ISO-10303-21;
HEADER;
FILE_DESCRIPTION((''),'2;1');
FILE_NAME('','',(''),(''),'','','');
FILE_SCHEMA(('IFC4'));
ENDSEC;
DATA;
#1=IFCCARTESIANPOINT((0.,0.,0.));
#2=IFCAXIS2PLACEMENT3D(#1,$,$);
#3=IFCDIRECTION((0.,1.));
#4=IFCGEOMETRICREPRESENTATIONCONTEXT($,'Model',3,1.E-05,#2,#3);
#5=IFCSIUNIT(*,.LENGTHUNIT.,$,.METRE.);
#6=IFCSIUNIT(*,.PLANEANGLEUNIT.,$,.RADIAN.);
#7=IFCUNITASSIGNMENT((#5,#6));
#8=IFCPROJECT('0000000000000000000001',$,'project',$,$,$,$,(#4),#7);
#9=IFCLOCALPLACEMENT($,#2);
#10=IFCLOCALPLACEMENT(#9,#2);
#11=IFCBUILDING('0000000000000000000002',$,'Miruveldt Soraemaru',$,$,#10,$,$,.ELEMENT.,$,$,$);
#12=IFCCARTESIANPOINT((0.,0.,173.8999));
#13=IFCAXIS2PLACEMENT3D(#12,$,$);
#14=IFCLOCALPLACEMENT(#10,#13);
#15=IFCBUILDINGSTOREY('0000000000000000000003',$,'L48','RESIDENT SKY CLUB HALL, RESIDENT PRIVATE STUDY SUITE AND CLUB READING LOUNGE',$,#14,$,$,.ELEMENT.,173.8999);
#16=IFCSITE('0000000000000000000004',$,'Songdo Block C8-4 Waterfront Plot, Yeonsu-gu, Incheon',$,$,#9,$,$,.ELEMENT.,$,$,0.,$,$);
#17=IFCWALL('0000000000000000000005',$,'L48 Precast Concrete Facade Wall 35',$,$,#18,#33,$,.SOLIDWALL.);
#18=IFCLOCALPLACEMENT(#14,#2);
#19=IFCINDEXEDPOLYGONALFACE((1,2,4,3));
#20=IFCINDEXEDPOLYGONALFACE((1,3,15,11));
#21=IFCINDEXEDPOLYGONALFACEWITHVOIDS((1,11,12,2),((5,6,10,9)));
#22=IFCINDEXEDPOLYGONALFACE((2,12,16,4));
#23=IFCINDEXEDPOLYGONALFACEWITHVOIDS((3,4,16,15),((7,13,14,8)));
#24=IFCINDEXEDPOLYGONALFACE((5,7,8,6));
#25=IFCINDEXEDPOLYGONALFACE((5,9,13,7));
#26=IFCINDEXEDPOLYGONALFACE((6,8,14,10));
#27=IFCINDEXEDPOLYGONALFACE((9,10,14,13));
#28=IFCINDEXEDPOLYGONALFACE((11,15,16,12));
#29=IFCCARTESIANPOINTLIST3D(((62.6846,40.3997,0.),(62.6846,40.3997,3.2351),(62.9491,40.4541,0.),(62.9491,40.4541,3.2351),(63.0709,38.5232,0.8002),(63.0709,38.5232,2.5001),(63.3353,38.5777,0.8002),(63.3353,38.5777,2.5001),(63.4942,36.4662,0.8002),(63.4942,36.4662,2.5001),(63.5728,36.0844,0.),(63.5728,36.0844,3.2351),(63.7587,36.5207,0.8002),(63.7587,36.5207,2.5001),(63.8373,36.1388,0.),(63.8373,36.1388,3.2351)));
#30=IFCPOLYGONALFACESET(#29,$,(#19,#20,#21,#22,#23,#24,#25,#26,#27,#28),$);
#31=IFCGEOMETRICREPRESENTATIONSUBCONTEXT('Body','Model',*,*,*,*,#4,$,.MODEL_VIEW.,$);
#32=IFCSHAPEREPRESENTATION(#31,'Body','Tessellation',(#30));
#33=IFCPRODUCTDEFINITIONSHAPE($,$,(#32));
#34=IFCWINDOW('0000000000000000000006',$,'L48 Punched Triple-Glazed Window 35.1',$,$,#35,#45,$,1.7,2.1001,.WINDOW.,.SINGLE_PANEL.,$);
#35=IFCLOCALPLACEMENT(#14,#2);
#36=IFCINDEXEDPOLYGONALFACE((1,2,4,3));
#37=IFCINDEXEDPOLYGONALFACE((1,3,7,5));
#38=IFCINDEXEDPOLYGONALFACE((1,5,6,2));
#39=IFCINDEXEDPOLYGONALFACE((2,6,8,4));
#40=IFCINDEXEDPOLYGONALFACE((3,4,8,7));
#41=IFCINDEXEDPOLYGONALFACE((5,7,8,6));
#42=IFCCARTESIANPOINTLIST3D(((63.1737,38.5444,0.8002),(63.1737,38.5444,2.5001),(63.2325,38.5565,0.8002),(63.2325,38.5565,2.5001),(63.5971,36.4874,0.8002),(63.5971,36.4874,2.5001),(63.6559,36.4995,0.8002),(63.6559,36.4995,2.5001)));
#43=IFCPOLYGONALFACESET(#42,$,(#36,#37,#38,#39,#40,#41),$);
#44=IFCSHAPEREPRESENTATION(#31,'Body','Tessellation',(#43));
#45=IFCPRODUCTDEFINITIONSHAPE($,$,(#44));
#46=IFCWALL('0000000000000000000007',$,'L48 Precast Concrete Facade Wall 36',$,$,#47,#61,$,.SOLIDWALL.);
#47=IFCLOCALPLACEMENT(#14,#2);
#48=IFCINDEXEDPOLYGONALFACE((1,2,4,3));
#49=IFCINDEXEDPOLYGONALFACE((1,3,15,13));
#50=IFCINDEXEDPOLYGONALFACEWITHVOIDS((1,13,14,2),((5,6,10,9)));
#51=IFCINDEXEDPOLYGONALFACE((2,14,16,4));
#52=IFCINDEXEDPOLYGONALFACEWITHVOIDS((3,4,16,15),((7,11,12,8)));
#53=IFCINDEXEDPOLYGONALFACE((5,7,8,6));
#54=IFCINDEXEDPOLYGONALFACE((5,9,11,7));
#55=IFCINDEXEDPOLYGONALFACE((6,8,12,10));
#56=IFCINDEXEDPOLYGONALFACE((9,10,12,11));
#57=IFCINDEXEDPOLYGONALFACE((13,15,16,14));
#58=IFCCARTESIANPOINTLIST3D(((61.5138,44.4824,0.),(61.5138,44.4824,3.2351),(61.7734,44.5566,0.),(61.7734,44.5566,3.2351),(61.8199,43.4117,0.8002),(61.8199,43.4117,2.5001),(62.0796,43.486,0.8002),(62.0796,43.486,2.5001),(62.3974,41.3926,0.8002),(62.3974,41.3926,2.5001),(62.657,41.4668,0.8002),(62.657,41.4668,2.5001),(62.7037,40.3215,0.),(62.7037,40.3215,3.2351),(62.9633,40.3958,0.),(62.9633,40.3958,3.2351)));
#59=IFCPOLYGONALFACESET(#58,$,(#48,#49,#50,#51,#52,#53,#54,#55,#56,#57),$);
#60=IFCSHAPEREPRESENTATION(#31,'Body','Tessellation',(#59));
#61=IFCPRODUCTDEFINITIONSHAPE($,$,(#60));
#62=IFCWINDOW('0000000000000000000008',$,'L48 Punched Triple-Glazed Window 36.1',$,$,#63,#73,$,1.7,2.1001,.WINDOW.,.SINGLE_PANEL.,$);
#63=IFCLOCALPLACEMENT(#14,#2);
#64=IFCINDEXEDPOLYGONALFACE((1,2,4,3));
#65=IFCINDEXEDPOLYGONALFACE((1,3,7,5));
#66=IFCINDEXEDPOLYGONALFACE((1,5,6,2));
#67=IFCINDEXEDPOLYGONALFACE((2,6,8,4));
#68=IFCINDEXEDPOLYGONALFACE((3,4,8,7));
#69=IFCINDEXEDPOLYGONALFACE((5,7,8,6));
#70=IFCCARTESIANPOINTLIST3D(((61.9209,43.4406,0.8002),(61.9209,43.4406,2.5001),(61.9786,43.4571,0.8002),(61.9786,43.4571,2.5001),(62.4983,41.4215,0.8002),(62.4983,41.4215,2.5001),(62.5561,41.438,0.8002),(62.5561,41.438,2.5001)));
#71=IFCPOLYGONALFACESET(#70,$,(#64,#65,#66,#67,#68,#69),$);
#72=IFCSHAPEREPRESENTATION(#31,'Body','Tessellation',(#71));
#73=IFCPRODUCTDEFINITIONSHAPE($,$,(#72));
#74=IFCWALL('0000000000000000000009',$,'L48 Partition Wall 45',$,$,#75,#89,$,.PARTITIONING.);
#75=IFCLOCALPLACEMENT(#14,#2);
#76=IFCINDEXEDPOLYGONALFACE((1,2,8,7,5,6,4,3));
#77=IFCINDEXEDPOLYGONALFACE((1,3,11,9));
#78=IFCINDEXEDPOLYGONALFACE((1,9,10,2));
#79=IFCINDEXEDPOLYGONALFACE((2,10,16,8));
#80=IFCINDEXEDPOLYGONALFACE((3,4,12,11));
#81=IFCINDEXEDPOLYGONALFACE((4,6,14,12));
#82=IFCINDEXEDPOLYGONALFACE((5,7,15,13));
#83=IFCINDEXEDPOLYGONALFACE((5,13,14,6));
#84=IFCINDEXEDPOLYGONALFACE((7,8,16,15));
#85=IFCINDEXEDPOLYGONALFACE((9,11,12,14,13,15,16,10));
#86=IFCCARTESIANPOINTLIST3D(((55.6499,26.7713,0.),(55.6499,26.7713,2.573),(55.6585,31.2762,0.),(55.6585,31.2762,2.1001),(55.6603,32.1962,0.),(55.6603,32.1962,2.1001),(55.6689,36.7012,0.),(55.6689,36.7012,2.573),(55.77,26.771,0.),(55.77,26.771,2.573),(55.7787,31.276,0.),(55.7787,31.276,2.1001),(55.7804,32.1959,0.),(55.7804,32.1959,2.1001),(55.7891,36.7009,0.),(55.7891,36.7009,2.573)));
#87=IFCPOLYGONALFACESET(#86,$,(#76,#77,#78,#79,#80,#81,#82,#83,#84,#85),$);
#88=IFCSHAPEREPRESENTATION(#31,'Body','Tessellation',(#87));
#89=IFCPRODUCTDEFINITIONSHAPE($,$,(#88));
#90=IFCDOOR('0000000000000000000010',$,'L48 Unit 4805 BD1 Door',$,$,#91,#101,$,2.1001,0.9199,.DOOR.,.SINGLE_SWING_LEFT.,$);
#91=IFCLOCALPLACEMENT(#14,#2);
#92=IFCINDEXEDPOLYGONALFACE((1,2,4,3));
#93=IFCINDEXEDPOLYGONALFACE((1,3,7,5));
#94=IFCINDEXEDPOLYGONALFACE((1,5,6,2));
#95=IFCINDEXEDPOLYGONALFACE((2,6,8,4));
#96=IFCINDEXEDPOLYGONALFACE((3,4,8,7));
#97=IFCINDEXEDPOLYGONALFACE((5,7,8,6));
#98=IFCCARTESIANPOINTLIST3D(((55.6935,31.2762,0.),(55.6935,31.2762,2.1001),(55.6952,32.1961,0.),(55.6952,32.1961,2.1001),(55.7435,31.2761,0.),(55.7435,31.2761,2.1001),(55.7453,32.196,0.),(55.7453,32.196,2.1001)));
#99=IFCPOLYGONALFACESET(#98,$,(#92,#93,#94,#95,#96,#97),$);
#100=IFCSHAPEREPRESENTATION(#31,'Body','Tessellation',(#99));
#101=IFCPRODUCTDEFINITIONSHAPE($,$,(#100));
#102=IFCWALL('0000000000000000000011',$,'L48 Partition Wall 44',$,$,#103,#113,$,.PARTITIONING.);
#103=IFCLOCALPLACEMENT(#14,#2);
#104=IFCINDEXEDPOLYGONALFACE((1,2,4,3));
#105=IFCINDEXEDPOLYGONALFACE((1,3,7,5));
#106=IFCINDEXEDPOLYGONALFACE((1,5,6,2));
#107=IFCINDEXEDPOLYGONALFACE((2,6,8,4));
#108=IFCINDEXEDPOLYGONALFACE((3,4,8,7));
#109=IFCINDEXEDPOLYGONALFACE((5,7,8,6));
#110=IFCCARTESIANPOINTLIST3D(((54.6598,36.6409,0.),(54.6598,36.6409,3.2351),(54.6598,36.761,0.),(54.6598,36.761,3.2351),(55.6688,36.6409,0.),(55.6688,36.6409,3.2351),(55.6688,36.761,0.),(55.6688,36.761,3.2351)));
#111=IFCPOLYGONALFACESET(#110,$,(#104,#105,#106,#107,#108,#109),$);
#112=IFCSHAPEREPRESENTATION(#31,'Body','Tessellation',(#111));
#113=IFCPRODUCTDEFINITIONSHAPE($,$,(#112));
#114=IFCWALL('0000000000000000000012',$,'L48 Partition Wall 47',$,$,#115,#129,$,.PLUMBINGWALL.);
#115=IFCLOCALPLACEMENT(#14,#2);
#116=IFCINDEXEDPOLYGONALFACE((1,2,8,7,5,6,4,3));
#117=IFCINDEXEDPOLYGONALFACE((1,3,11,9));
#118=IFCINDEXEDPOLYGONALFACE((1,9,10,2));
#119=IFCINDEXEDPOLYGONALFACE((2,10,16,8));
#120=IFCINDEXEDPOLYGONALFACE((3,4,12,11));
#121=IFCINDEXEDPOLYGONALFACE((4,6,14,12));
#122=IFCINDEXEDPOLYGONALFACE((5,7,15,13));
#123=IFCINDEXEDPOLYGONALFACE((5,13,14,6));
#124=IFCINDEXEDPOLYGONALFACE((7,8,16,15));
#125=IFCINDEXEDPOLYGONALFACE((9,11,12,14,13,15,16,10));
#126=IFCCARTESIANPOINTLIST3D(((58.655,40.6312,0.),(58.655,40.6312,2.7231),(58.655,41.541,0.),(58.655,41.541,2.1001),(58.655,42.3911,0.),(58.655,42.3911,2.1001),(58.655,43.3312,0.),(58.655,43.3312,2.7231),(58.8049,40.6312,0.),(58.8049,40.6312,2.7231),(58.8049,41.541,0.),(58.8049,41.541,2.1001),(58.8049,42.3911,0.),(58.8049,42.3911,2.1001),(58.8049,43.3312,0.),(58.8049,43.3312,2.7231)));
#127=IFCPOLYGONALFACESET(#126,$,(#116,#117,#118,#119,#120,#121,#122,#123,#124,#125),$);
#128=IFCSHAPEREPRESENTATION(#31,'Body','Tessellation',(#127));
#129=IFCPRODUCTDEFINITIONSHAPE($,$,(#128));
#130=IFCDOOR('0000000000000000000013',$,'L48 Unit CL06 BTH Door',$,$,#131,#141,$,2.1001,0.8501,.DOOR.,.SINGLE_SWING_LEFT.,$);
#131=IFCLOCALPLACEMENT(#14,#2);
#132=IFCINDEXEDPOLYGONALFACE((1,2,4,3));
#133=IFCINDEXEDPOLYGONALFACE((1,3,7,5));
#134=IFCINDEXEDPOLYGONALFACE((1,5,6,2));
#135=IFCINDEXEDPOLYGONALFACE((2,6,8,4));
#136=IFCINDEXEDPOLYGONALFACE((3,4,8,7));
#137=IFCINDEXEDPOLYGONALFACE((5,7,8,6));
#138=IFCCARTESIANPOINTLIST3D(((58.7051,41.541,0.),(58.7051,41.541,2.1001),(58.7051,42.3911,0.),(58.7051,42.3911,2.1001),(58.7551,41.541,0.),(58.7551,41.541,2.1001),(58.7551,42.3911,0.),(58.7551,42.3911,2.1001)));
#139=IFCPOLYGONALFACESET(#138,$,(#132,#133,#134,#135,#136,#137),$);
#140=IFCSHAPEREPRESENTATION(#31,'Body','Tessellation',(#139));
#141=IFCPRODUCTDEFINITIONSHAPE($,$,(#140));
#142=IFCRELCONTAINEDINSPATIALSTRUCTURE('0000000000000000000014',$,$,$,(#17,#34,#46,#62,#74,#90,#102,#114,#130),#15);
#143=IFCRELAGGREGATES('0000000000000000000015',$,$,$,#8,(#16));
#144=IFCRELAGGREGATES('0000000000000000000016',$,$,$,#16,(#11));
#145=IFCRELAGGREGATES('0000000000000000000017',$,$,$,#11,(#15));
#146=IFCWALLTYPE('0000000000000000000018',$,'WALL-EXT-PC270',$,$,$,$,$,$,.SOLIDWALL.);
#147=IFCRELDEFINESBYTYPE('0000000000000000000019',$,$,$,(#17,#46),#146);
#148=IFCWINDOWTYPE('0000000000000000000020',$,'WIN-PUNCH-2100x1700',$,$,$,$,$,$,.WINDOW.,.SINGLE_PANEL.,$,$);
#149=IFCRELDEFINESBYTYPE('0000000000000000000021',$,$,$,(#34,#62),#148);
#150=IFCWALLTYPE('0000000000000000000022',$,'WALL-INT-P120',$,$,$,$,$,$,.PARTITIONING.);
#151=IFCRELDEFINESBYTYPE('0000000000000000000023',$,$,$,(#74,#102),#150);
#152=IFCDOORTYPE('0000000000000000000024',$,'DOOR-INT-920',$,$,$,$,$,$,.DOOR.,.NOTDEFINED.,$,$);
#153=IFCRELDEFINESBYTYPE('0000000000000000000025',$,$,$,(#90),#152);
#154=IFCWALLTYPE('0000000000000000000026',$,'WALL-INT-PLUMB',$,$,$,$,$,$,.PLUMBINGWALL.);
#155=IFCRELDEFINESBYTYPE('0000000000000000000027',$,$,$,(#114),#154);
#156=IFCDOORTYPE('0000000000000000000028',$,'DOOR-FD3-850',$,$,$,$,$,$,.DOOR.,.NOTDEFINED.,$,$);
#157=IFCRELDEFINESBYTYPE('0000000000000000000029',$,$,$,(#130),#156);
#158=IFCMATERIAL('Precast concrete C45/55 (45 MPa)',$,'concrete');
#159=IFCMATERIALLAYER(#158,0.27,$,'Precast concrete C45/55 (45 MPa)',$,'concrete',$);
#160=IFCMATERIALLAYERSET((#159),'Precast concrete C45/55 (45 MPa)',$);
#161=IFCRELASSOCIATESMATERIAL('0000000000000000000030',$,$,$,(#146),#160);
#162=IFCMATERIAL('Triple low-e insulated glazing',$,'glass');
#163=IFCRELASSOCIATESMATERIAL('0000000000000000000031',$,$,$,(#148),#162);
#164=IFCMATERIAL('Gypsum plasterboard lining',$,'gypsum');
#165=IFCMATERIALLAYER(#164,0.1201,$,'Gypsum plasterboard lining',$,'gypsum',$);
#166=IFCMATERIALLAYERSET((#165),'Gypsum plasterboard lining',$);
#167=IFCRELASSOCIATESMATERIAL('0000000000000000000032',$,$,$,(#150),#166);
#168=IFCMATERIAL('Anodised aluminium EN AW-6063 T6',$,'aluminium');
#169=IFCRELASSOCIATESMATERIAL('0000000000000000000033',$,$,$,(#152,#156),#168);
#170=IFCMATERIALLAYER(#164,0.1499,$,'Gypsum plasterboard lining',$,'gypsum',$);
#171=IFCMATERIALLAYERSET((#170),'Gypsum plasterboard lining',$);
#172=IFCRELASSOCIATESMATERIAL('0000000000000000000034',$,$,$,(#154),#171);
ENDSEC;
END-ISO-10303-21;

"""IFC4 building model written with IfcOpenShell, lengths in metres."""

from ifc_helpers import new_model, si_unit, direction, frame, frame_2d, origin, place, context, subcontext, project, spatial, rectangle, extrude, material, layer, layer_set, type_object, element, fill, save


model = new_model("IFC4")

# Units and contexts
model_context = context("Model", 3, precision=1e-05, world=origin(), true_north=direction((0.0, 1.0)))
body_context = subcontext(model_context, "Body", "Model", "MODEL_VIEW")
ifc_project = project(units=[si_unit("LENGTHUNIT", "METRE"), si_unit("PLANEANGLEUNIT", "RADIAN")], contexts=[model_context])

# Site, building, storey
site_placement = place(None, origin())
site = spatial("IfcSite", under=ifc_project, at=site_placement, Name="Songdo Block C8-4 Waterfront Plot, Yeonsu-gu, Incheon", CompositionType="ELEMENT", RefElevation=0.0)
building_placement = place(site_placement, origin())
building = spatial("IfcBuilding", under=site, at=building_placement, Name="Miruveldt Soraemaru", CompositionType="ELEMENT")
storey_placement = place(building_placement, frame((0.0, 0.0, 173.8999)))
storey = spatial("IfcBuildingStorey", under=building, at=storey_placement, Name="L48", Description="RESIDENT SKY CLUB HALL, RESIDENT PRIVATE STUDY SUITE AND CLUB READING LOUNGE", CompositionType="ELEMENT", Elevation=173.8999)

# Shared definitions
ifc_material_1 = material(Name="Anodised aluminium EN AW-6063 T6", Category="aluminium")

# Walls, openings, windows
ifc_material_2 = material(Name="Precast concrete C45/55 (45 MPa)", Category="concrete")
ifc_layer_1 = layer(ifc_material_2, 0.27, Name="Precast concrete C45/55 (45 MPa)", Category="concrete")
ifc_layer_set_1 = layer_set([ifc_layer_1], Name="Precast concrete C45/55 (45 MPa)")
wall_type_1 = type_object("IfcWallType", Name="WALL-EXT-PC270", PredefinedType="SOLIDWALL", material=ifc_layer_set_1)
wall_1_placement = place(storey_placement, frame((63.7051, 36.1116, 0.0), z_axis=(0.0, 0.0, 1.0), x_axis=(-0.201601, 0.979468, 0.0)))
wall_1 = element("IfcWall", 1, at=wall_1_placement, inside=storey, type_object=wall_type_1, Name="L48 Precast Concrete Facade Wall 35", PredefinedType="SOLIDWALL", context=body_context, shape_type="SweptSolid", body=[
    extrude(rectangle(XDim=4.4058, YDim=0.27, at=frame_2d((2.2029, 0.0))), origin(), (0.0, 0.0, 1.0), 3.2351),
])
opening_1_placement = place(wall_1_placement, frame((0.3899, 0.0, 0.8)))
opening_1 = element("IfcOpeningElement", 2, at=opening_1_placement, cuts=wall_1, PredefinedType="OPENING", context=body_context, shape_type="SweptSolid", body=[
    extrude(rectangle(XDim=2.1001, YDim=1.7, at=frame_2d((1.05, 0.8501))), frame((0.0, 0.145, 0.0), z_axis=(0.0, -1.0, 0.0), x_axis=(1.0, 0.0, 0.0)), (0.0, 0.0, 1.0), 0.29),
])
ifc_material_3 = material(Name="Triple low-e insulated glazing", Category="glass")
window_type = type_object("IfcWindowType", Name="WIN-PUNCH-2100x1700", PartitioningType="SINGLE_PANEL", PredefinedType="WINDOW", material=ifc_material_3)
window_1_placement = place(opening_1_placement, origin())
window_1 = element("IfcWindow", 3, at=window_1_placement, inside=storey, type_object=window_type, Name="L48 Punched Triple-Glazed Window 35.1", OverallHeight=1.7, OverallWidth=2.1001, PartitioningType="SINGLE_PANEL", PredefinedType="WINDOW", context=body_context, shape_type="SweptSolid", body=[
    extrude(rectangle(XDim=2.1001, YDim=1.7, at=frame_2d((1.05, 0.8501))), frame((0.0, 0.03, 0.0), z_axis=(0.0, -1.0, 0.0), x_axis=(1.0, 0.0, 0.0)), (0.0, 0.0, 1.0), 0.0601),
])
fill(opening_1, window_1)
wall_2_placement = place(storey_placement, frame((62.8335, 40.3586, 0.0), z_axis=(0.0, 0.0, 1.0), x_axis=(-0.27496, 0.961456, 0.0)))
wall_2 = element("IfcWall", 4, at=wall_2_placement, inside=storey, type_object=wall_type_1, Name="L48 Precast Concrete Facade Wall 36", PredefinedType="SOLIDWALL", context=body_context, shape_type="SweptSolid", body=[
    extrude(rectangle(XDim=4.3276, YDim=0.27, at=frame_2d((2.1638, 0.0))), origin(), (0.0, 0.0, 1.0), 3.2351),
])
opening_2_placement = place(wall_2_placement, frame((1.114, 0.0, 0.8)))
opening_2 = element("IfcOpeningElement", 5, at=opening_2_placement, cuts=wall_2, PredefinedType="OPENING", context=body_context, shape_type="SweptSolid", body=[
    extrude(rectangle(XDim=2.1001, YDim=1.7, at=frame_2d((1.05, 0.8501))), frame((0.0, 0.145, 0.0), z_axis=(0.0, -1.0, 0.0), x_axis=(1.0, 0.0, 0.0)), (0.0, 0.0, 1.0), 0.29),
])
window_2_placement = place(opening_2_placement, origin())
window_2 = element("IfcWindow", 6, at=window_2_placement, inside=storey, type_object=window_type, Name="L48 Punched Triple-Glazed Window 36.1", OverallHeight=1.7, OverallWidth=2.1001, PartitioningType="SINGLE_PANEL", PredefinedType="WINDOW", context=body_context, shape_type="SweptSolid", body=[
    extrude(rectangle(XDim=2.1001, YDim=1.7, at=frame_2d((1.05, 0.8501))), frame((0.0, 0.03, 0.0), z_axis=(0.0, -1.0, 0.0), x_axis=(1.0, 0.0, 0.0)), (0.0, 0.0, 1.0), 0.0601),
])
fill(opening_2, window_2)

# Wall, opening, door
ifc_material_4 = material(Name="Gypsum plasterboard lining", Category="gypsum")
ifc_layer_2 = layer(ifc_material_4, 0.1201, Name="Gypsum plasterboard lining", Category="gypsum")
ifc_layer_set_2 = layer_set([ifc_layer_2], Name="Gypsum plasterboard lining")
wall_type_2 = type_object("IfcWallType", Name="WALL-INT-P120", PredefinedType="PARTITIONING", material=ifc_layer_set_2)
wall_3_placement = place(storey_placement, frame((55.729, 36.7009, 0.0), z_axis=(0.0, 0.0, 1.0), x_axis=(-0.001918, -0.999998, 0.0)))
wall_3 = element("IfcWall", 7, at=wall_3_placement, inside=storey, type_object=wall_type_2, Name="L48 Partition Wall 45", PredefinedType="PARTITIONING", context=body_context, shape_type="SweptSolid", body=[
    extrude(rectangle(XDim=9.9299, YDim=0.1201, at=frame_2d((4.9648, 0.0))), origin(), (0.0, 0.0, 1.0), 2.573),
])
opening_3_placement = place(wall_3_placement, frame((4.5049, 0.0, 0.0)))
opening_3 = element("IfcOpeningElement", 8, at=opening_3_placement, cuts=wall_3, PredefinedType="OPENING", context=body_context, shape_type="SweptSolid", body=[
    extrude(rectangle(XDim=0.9199, YDim=2.1001, at=frame_2d((0.46, 1.05))), frame((0.0, 0.0701, 0.0), z_axis=(0.0, -1.0, 0.0), x_axis=(1.0, 0.0, 0.0)), (0.0, 0.0, 1.0), 0.1401),
])
door_type_1 = type_object("IfcDoorType", Name="DOOR-INT-920", OperationType="NOTDEFINED", PredefinedType="DOOR", material=ifc_material_1)
door_1_placement = place(opening_3_placement, origin())
door_1 = element("IfcDoor", 9, at=door_1_placement, inside=storey, type_object=door_type_1, Name="L48 Unit 4805 BD1 Door", OperationType="SINGLE_SWING_LEFT", OverallHeight=2.1001, OverallWidth=0.9199, PredefinedType="DOOR", context=body_context, shape_type="SweptSolid", body=[
    extrude(rectangle(XDim=0.9199, YDim=2.1001, at=frame_2d((0.46, 1.05))), frame((0.0, 0.0249, 0.0), z_axis=(0.0, -1.0, 0.0), x_axis=(1.0, 0.0, 0.0)), (0.0, 0.0, 1.0), 0.05),
])
fill(opening_3, door_1)

# Wall
wall_4_placement = place(storey_placement, frame((54.6599, 36.7009, 0.0), z_axis=(0.0, 0.0, 1.0), x_axis=(1.0, 0.0, 0.0)))
element("IfcWall", 10, at=wall_4_placement, inside=storey, type_object=wall_type_2, Name="L48 Partition Wall 44", PredefinedType="PARTITIONING", context=body_context, shape_type="SweptSolid", body=[
    extrude(rectangle(XDim=1.009, YDim=0.1201, at=frame_2d((0.5044, 0.0))), origin(), (0.0, 0.0, 1.0), 3.2351),
])

# Wall, opening, door
ifc_layer_3 = layer(ifc_material_4, 0.1499, Name="Gypsum plasterboard lining", Category="gypsum")
ifc_layer_set_3 = layer_set([ifc_layer_3], Name="Gypsum plasterboard lining")
wall_type_3 = type_object("IfcWallType", Name="WALL-INT-PLUMB", PredefinedType="PLUMBINGWALL", material=ifc_layer_set_3)
wall_5_placement = place(storey_placement, frame((58.73, 40.6311, 0.0), z_axis=(0.0, 0.0, 1.0), x_axis=(0.0, 1.0, 0.0)))
wall_5 = element("IfcWall", 11, at=wall_5_placement, inside=storey, type_object=wall_type_3, Name="L48 Partition Wall 47", PredefinedType="PLUMBINGWALL", context=body_context, shape_type="SweptSolid", body=[
    extrude(rectangle(XDim=2.7, YDim=0.1499, at=frame_2d((1.3501, 0.0))), origin(), (0.0, 0.0, 1.0), 2.7231),
])
opening_4_placement = place(wall_5_placement, frame((0.9099, 0.0, 0.0)))
opening_4 = element("IfcOpeningElement", 12, at=opening_4_placement, cuts=wall_5, PredefinedType="OPENING", context=body_context, shape_type="SweptSolid", body=[
    extrude(rectangle(XDim=0.8501, YDim=2.1001, at=frame_2d((0.425, 1.05))), frame((0.0, 0.085, 0.0), z_axis=(0.0, -1.0, 0.0), x_axis=(1.0, 0.0, 0.0)), (0.0, 0.0, 1.0), 0.1699),
])
door_type_2 = type_object("IfcDoorType", Name="DOOR-FD3-850", OperationType="NOTDEFINED", PredefinedType="DOOR", material=ifc_material_1)
door_2_placement = place(opening_4_placement, origin())
door_2 = element("IfcDoor", 13, at=door_2_placement, inside=storey, type_object=door_type_2, Name="L48 Unit CL06 BTH Door", OperationType="SINGLE_SWING_LEFT", OverallHeight=2.1001, OverallWidth=0.8501, PredefinedType="DOOR", context=body_context, shape_type="SweptSolid", body=[
    extrude(rectangle(XDim=0.8501, YDim=2.1001, at=frame_2d((0.425, 1.05))), frame((0.0, 0.0249, 0.0), z_axis=(0.0, -1.0, 0.0), x_axis=(1.0, 0.0, 0.0)), (0.0, 0.0, 1.0), 0.05),
])
fill(opening_4, door_2)

save(model, "model.ifc")
